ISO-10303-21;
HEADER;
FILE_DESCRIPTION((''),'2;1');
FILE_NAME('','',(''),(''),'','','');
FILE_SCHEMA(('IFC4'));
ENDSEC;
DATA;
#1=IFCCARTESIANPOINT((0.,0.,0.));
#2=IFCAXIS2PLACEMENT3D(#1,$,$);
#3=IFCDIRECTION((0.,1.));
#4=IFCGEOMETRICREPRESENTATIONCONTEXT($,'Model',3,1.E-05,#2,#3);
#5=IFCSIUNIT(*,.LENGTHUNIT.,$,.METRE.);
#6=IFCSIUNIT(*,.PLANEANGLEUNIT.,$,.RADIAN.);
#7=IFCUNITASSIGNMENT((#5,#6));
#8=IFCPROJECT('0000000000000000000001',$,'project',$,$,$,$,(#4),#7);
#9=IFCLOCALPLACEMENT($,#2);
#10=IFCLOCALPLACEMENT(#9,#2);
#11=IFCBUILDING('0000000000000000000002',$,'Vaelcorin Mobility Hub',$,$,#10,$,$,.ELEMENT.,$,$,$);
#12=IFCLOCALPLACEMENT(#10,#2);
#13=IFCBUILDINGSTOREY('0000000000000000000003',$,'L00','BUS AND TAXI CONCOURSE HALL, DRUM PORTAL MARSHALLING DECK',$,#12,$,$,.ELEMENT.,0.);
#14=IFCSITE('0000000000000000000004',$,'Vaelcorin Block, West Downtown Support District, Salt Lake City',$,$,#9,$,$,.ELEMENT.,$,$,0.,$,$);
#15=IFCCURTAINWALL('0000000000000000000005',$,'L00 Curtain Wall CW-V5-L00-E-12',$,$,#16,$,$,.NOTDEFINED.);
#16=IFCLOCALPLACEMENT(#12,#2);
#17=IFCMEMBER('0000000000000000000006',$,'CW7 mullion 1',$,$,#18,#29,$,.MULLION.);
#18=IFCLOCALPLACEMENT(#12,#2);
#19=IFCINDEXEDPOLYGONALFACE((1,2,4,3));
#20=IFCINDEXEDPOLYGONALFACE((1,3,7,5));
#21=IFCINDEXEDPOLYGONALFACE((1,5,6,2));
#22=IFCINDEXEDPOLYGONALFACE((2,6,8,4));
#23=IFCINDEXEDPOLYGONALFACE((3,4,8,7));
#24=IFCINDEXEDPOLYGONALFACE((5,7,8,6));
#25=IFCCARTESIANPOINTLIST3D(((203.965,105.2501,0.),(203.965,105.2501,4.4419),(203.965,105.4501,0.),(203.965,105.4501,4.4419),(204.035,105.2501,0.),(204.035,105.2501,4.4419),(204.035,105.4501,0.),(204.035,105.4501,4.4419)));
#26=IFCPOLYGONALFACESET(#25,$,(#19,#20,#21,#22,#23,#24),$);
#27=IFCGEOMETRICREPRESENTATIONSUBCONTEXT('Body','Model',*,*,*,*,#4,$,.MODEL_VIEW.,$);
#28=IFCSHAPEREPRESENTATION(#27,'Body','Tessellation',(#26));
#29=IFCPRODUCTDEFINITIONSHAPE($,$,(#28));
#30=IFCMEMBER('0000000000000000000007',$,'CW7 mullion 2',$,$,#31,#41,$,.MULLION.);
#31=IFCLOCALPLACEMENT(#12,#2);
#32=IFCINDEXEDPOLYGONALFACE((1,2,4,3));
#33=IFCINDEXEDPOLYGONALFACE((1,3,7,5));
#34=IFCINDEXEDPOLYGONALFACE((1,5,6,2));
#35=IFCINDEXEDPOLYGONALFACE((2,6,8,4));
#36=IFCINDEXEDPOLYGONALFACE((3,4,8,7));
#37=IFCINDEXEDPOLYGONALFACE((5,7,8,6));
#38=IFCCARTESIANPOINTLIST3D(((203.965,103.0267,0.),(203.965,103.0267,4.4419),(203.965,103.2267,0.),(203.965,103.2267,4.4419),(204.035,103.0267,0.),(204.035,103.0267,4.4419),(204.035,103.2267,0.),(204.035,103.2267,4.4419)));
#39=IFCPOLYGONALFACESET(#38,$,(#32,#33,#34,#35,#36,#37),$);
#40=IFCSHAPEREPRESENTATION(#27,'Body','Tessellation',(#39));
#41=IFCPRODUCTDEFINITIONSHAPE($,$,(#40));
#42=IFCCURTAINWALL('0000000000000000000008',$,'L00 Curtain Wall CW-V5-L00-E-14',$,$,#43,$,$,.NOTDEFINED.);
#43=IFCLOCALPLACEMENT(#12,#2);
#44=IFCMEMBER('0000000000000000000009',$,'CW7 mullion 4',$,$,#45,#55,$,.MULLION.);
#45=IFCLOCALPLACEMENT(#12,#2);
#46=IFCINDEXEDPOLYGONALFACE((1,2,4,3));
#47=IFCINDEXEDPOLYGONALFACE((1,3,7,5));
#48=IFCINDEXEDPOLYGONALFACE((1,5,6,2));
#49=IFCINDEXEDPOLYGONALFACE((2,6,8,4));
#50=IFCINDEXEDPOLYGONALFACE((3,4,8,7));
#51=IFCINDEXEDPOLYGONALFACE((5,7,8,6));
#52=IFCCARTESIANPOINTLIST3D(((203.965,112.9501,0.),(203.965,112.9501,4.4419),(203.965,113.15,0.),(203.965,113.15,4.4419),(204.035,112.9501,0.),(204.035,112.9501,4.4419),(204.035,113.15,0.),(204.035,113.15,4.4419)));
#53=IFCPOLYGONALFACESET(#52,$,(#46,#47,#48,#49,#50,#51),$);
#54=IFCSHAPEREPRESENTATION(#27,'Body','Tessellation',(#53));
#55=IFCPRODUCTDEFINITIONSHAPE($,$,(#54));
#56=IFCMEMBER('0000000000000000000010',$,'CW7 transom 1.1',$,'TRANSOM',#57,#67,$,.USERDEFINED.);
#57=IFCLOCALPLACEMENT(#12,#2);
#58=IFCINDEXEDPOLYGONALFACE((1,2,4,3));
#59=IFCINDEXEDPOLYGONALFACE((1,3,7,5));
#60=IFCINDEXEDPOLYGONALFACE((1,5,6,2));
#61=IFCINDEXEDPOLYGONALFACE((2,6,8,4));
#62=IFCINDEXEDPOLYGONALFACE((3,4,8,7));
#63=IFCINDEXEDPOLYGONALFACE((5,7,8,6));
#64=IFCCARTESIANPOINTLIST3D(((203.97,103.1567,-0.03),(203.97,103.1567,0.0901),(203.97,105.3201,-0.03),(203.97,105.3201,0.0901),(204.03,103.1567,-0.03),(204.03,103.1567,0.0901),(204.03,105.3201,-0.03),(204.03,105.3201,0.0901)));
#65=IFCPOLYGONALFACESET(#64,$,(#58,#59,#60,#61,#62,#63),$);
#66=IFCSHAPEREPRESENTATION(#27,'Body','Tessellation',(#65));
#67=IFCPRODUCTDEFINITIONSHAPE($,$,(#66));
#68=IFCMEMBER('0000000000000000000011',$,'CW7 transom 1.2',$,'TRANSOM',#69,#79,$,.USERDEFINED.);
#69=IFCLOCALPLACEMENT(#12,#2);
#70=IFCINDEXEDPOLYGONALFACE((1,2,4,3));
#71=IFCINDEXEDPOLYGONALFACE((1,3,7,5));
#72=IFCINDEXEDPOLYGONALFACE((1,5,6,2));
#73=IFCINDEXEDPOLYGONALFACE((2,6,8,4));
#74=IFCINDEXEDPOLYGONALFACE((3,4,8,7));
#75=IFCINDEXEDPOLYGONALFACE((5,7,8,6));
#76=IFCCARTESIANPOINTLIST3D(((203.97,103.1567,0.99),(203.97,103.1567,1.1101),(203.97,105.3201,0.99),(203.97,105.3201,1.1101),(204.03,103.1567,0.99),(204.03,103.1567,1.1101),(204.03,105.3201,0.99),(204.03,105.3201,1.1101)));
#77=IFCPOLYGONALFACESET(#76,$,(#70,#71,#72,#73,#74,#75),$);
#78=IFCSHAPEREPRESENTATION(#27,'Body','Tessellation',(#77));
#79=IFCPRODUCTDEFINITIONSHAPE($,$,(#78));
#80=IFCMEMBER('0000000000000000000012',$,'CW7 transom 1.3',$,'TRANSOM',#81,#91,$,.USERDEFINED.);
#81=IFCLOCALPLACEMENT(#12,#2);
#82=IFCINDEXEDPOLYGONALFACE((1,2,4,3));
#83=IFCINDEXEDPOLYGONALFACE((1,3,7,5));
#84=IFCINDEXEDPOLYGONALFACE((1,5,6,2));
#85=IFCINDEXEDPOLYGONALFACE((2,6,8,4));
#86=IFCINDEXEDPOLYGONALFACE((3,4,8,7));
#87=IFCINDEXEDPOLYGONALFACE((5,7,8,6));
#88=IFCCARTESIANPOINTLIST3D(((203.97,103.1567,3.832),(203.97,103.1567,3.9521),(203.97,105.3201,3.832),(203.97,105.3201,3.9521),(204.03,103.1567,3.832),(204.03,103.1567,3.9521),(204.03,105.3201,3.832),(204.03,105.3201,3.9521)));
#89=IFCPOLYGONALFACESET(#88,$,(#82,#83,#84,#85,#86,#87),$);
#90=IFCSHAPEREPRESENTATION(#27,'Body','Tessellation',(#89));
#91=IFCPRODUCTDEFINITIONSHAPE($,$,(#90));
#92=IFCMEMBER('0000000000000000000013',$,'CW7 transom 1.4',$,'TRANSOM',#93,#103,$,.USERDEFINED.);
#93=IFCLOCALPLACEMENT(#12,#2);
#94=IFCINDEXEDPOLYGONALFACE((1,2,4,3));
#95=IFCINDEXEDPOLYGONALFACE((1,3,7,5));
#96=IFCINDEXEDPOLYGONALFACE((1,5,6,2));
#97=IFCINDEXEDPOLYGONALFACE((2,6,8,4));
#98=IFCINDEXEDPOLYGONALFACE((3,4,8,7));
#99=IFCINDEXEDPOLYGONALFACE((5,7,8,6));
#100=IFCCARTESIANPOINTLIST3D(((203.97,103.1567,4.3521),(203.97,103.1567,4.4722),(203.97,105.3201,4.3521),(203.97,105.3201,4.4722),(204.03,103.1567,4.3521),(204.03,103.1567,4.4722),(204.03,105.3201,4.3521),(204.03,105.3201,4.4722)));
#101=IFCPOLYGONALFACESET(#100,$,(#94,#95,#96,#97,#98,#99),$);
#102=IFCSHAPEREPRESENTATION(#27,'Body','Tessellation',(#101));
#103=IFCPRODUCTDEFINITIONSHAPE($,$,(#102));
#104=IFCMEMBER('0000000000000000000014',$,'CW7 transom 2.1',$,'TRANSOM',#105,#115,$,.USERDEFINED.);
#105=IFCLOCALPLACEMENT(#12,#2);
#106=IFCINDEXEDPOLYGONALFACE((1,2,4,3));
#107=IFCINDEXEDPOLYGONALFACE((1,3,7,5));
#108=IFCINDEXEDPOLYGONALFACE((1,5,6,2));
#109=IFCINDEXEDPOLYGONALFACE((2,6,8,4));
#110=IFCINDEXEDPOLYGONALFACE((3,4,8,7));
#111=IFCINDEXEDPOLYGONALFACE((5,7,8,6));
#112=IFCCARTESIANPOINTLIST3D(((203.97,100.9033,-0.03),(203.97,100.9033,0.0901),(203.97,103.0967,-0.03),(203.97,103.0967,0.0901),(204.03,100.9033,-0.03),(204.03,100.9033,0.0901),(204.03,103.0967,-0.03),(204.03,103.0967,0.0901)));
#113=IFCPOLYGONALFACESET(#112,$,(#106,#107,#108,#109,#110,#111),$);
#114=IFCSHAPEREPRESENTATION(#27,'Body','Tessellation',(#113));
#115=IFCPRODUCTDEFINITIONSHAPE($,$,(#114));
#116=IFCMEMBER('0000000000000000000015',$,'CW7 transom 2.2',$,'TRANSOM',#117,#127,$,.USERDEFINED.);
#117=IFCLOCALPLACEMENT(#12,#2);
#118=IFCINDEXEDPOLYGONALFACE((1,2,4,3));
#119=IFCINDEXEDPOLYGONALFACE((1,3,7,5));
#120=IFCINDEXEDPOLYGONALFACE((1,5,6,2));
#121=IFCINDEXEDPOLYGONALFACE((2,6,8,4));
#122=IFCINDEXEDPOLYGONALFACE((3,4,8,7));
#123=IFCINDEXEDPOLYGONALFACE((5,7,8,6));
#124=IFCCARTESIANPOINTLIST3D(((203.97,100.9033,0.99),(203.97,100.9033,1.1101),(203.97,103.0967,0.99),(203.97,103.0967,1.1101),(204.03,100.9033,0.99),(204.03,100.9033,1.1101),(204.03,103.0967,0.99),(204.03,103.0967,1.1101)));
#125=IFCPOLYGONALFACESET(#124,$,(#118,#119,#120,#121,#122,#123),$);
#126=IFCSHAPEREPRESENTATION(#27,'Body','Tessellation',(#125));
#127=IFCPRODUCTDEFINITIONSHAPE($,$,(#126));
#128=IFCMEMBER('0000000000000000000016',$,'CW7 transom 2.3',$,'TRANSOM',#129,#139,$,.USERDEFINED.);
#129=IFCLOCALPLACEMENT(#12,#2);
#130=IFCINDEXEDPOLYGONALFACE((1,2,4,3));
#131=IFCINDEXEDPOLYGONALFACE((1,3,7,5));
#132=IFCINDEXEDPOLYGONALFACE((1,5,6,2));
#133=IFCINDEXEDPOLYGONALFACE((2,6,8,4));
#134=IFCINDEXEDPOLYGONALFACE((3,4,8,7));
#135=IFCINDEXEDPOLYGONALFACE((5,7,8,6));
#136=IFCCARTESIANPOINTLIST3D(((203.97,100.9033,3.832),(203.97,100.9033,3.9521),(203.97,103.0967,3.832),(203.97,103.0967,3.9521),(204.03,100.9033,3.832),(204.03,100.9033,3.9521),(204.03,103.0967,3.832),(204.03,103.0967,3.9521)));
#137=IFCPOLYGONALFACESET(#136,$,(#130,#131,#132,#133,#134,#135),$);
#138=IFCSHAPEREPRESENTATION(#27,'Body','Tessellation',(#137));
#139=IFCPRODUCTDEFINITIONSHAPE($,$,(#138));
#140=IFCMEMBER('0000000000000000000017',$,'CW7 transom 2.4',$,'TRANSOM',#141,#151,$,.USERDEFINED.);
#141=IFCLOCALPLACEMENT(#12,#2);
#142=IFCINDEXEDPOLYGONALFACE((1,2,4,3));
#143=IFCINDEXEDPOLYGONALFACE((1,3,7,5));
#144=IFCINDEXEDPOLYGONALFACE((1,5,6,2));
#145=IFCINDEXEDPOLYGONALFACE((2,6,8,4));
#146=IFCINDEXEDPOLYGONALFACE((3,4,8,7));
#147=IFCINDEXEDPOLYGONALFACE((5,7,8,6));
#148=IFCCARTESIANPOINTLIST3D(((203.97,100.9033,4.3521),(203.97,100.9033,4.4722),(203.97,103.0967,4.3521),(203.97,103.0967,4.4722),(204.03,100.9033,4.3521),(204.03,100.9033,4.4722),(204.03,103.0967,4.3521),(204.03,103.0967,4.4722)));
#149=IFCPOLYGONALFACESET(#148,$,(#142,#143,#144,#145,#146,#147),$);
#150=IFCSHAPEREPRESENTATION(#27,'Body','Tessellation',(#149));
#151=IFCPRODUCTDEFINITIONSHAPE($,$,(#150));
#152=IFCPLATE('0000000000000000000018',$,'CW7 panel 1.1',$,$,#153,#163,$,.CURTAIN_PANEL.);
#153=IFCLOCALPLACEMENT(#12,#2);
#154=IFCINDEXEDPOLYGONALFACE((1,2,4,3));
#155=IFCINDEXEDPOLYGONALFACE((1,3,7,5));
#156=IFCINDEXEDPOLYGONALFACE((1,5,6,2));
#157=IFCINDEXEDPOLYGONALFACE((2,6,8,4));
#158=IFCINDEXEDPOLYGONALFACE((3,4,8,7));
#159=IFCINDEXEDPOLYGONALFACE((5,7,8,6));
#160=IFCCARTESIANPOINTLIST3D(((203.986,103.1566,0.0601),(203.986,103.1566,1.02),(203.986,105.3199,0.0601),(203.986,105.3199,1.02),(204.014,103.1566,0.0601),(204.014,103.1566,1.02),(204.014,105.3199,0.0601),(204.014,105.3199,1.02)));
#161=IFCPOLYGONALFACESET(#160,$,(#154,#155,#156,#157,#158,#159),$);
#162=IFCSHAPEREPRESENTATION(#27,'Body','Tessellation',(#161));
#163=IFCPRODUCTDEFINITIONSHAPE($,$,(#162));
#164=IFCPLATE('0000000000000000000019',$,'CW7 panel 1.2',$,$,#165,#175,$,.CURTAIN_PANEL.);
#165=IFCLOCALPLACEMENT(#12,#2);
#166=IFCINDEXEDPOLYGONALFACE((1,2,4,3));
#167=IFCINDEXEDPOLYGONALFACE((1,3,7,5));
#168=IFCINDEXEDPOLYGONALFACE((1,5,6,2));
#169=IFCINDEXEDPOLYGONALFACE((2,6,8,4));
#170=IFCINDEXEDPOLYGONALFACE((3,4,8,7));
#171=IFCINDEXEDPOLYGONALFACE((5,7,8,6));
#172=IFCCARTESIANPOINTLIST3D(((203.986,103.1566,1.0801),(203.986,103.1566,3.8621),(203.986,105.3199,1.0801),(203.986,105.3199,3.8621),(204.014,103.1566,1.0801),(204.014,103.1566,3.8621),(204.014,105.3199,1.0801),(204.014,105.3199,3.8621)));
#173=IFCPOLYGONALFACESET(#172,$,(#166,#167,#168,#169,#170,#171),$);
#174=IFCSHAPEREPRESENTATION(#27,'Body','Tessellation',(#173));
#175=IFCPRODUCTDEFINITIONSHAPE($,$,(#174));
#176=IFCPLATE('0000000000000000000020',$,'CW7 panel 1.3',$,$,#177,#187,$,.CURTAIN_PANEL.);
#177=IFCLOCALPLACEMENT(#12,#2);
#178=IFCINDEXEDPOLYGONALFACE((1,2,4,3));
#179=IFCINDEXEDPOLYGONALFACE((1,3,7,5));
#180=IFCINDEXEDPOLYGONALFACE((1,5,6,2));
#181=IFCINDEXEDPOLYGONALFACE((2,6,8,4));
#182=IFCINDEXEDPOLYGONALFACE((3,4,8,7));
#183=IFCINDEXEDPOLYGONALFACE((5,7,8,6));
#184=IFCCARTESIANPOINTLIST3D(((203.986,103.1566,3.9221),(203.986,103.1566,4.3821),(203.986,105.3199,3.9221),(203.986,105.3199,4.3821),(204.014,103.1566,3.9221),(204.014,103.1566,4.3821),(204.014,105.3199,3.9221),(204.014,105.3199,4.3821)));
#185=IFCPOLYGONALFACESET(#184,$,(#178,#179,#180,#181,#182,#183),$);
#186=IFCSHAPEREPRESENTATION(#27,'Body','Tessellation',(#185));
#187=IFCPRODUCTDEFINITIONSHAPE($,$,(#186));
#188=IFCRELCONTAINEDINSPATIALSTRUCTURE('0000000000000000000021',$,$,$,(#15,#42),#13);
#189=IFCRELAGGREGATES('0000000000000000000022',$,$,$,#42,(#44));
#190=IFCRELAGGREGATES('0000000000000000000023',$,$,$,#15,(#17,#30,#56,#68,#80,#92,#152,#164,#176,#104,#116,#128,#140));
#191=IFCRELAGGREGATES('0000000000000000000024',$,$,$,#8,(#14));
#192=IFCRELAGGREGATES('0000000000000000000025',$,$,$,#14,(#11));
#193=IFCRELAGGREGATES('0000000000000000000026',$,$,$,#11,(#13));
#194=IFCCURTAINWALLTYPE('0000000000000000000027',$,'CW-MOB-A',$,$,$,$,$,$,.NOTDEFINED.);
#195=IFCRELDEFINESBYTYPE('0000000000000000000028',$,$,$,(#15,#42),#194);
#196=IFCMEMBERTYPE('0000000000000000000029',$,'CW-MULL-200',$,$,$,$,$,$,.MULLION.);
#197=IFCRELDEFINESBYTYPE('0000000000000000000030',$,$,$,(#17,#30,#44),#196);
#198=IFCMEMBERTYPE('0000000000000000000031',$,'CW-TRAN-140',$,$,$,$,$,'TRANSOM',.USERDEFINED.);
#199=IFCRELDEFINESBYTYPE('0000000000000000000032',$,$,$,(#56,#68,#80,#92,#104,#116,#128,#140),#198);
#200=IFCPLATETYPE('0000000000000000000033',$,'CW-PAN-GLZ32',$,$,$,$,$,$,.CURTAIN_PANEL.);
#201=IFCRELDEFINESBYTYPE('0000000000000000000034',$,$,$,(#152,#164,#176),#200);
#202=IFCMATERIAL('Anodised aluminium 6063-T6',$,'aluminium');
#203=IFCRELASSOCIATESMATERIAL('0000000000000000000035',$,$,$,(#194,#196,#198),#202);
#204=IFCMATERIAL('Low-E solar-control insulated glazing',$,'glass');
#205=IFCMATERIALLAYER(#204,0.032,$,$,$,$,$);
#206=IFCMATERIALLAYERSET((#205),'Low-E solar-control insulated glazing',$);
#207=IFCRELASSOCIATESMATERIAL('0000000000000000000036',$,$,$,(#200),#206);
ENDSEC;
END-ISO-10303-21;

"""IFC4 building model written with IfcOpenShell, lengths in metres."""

from ifc_helpers import new_model, si_unit, direction, frame, origin, origin_2d, place, context, subcontext, project, spatial, rectangle, extrude, material, layer, layer_set, material_profile, profile_set, type_object, element, aggregate, save


model = new_model("IFC4")

# Units and contexts
model_context = context("Model", 3, precision=1e-05, world=origin(), true_north=direction((0.0, 1.0)))
body_context = subcontext(model_context, "Body", "Model", "MODEL_VIEW")
ifc_project = project(units=[si_unit("LENGTHUNIT", "METRE"), si_unit("PLANEANGLEUNIT", "RADIAN")], contexts=[model_context])

# Site, building, storey
site_placement = place(None, origin())
site = spatial("IfcSite", under=ifc_project, at=site_placement, Name="Vaelcorin Block, West Downtown Support District, Salt Lake City", CompositionType="ELEMENT", RefElevation=0.0)
building_placement = place(site_placement, origin())
building = spatial("IfcBuilding", under=site, at=building_placement, Name="Vaelcorin Mobility Hub", CompositionType="ELEMENT")
storey_placement = place(building_placement, origin())
storey = spatial("IfcBuildingStorey", under=building, at=storey_placement, Name="L00", Description="BUS AND TAXI CONCOURSE HALL, DRUM PORTAL MARSHALLING DECK", CompositionType="ELEMENT", Elevation=0.0)

# Curtain wall, members
ifc_material_1 = material(Name="Anodised aluminium 6063-T6", Category="aluminium")
curtain_wall_type = type_object("IfcCurtainWallType", Name="CW-MOB-A", PredefinedType="NOTDEFINED", material=ifc_material_1)
curtain_wall_1_placement = place(storey_placement, origin())
curtain_wall_1 = element("IfcCurtainWall", 1, at=curtain_wall_1_placement, inside=storey, type_object=curtain_wall_type, Name="L00 Curtain Wall CW-V5-L00-E-12", PredefinedType="NOTDEFINED")
ifc_material_profile_1 = material_profile(ifc_material_1, rectangle(XDim=0.0701, YDim=0.2, at=origin_2d()), Name="ALU-M70X200")
ifc_profile_set_1 = profile_set([ifc_material_profile_1], Name="Anodised aluminium 6063-T6")
member_type_1 = type_object("IfcMemberType", Name="CW-MULL-200", PredefinedType="MULLION", material=ifc_profile_set_1)
member_1_placement = place(storey_placement, frame((204.0, 105.3501, 0.0), z_axis=(0.0, 0.0, 1.0), x_axis=(1.0, 0.0, 0.0)))
member_1 = element("IfcMember", 2, at=member_1_placement, type_object=member_type_1, Name="CW7 mullion 1", PredefinedType="MULLION", context=body_context, shape_type="SweptSolid", body=[
    extrude(rectangle(XDim=0.0701, YDim=0.2, at=origin_2d()), origin(), (0.0, 0.0, 1.0), 4.4419),
])
member_2_placement = place(storey_placement, frame((204.0, 103.1267, 0.0), z_axis=(0.0, 0.0, 1.0), x_axis=(1.0, 0.0, 0.0)))
member_2 = element("IfcMember", 3, at=member_2_placement, type_object=member_type_1, Name="CW7 mullion 2", PredefinedType="MULLION", context=body_context, shape_type="SweptSolid", body=[
    extrude(rectangle(XDim=0.0701, YDim=0.2, at=origin_2d()), origin(), (0.0, 0.0, 1.0), 4.4419),
])

# Curtain wall, member
curtain_wall_2_placement = place(storey_placement, origin())
curtain_wall_2 = element("IfcCurtainWall", 4, at=curtain_wall_2_placement, inside=storey, type_object=curtain_wall_type, Name="L00 Curtain Wall CW-V5-L00-E-14", PredefinedType="NOTDEFINED")
member_3_placement = place(storey_placement, frame((204.0, 113.05, 0.0), z_axis=(0.0, 0.0, 1.0), x_axis=(1.0, 0.0, 0.0)))
member_3 = element("IfcMember", 5, at=member_3_placement, type_object=member_type_1, Name="CW7 mullion 4", PredefinedType="MULLION", context=body_context, shape_type="SweptSolid", body=[
    extrude(rectangle(XDim=0.0701, YDim=0.2, at=origin_2d()), origin(), (0.0, 0.0, 1.0), 4.4419),
])
aggregate(curtain_wall_2, [member_3])

# Members
ifc_material_profile_2 = material_profile(ifc_material_1, rectangle(XDim=0.0601, YDim=0.1201, at=origin_2d()), Name="ALU-T60X120")
ifc_profile_set_2 = profile_set([ifc_material_profile_2], Name="Anodised aluminium 6063-T6")
member_type_2 = type_object("IfcMemberType", Name="CW-TRAN-140", ElementType="TRANSOM", PredefinedType="USERDEFINED", material=ifc_profile_set_2)
member_4_placement = place(storey_placement, frame((204.0, 105.3201, 0.03), z_axis=(0.0, -1.0, 0.0), x_axis=(1.0, 0.0, 0.0)))
member_4 = element("IfcMember", 6, at=member_4_placement, type_object=member_type_2, Name="CW7 transom 1.1", ObjectType="TRANSOM", PredefinedType="USERDEFINED", context=body_context, shape_type="SweptSolid", body=[
    extrude(rectangle(XDim=0.0601, YDim=0.1201, at=origin_2d()), origin(), (0.0, 0.0, 1.0), 2.1633),
])
member_5_placement = place(storey_placement, frame((204.0, 105.3201, 1.05), z_axis=(0.0, -1.0, 0.0), x_axis=(1.0, 0.0, 0.0)))
member_5 = element("IfcMember", 7, at=member_5_placement, type_object=member_type_2, Name="CW7 transom 1.2", ObjectType="TRANSOM", PredefinedType="USERDEFINED", context=body_context, shape_type="SweptSolid", body=[
    extrude(rectangle(XDim=0.0601, YDim=0.1201, at=origin_2d()), origin(), (0.0, 0.0, 1.0), 2.1633),
])
member_6_placement = place(storey_placement, frame((204.0, 105.3201, 3.8921), z_axis=(0.0, -1.0, 0.0), x_axis=(1.0, 0.0, 0.0)))
member_6 = element("IfcMember", 8, at=member_6_placement, type_object=member_type_2, Name="CW7 transom 1.3", ObjectType="TRANSOM", PredefinedType="USERDEFINED", context=body_context, shape_type="SweptSolid", body=[
    extrude(rectangle(XDim=0.0601, YDim=0.1201, at=origin_2d()), origin(), (0.0, 0.0, 1.0), 2.1633),
])
member_7_placement = place(storey_placement, frame((204.0, 105.3201, 4.4121), z_axis=(0.0, -1.0, 0.0), x_axis=(1.0, 0.0, 0.0)))
member_7 = element("IfcMember", 9, at=member_7_placement, type_object=member_type_2, Name="CW7 transom 1.4", ObjectType="TRANSOM", PredefinedType="USERDEFINED", context=body_context, shape_type="SweptSolid", body=[
    extrude(rectangle(XDim=0.0601, YDim=0.1201, at=origin_2d()), origin(), (0.0, 0.0, 1.0), 2.1633),
])
member_8_placement = place(storey_placement, frame((204.0, 103.0967, 0.03), z_axis=(0.0, -1.0, 0.0), x_axis=(1.0, 0.0, 0.0)))
member_8 = element("IfcMember", 10, at=member_8_placement, type_object=member_type_2, Name="CW7 transom 2.1", ObjectType="TRANSOM", PredefinedType="USERDEFINED", context=body_context, shape_type="SweptSolid", body=[
    extrude(rectangle(XDim=0.0601, YDim=0.1201, at=origin_2d()), origin(), (0.0, 0.0, 1.0), 2.1934),
])
member_9_placement = place(storey_placement, frame((204.0, 103.0967, 1.05), z_axis=(0.0, -1.0, 0.0), x_axis=(1.0, 0.0, 0.0)))
member_9 = element("IfcMember", 11, at=member_9_placement, type_object=member_type_2, Name="CW7 transom 2.2", ObjectType="TRANSOM", PredefinedType="USERDEFINED", context=body_context, shape_type="SweptSolid", body=[
    extrude(rectangle(XDim=0.0601, YDim=0.1201, at=origin_2d()), origin(), (0.0, 0.0, 1.0), 2.1934),
])
member_10_placement = place(storey_placement, frame((204.0, 103.0967, 3.8921), z_axis=(0.0, -1.0, 0.0), x_axis=(1.0, 0.0, 0.0)))
member_10 = element("IfcMember", 12, at=member_10_placement, type_object=member_type_2, Name="CW7 transom 2.3", ObjectType="TRANSOM", PredefinedType="USERDEFINED", context=body_context, shape_type="SweptSolid", body=[
    extrude(rectangle(XDim=0.0601, YDim=0.1201, at=origin_2d()), origin(), (0.0, 0.0, 1.0), 2.1934),
])
member_11_placement = place(storey_placement, frame((204.0, 103.0967, 4.4121), z_axis=(0.0, -1.0, 0.0), x_axis=(1.0, 0.0, 0.0)))
member_11 = element("IfcMember", 13, at=member_11_placement, type_object=member_type_2, Name="CW7 transom 2.4", ObjectType="TRANSOM", PredefinedType="USERDEFINED", context=body_context, shape_type="SweptSolid", body=[
    extrude(rectangle(XDim=0.0601, YDim=0.1201, at=origin_2d()), origin(), (0.0, 0.0, 1.0), 2.1934),
])

# Plates
ifc_material_2 = material(Name="Low-E solar-control insulated glazing", Category="glass")
ifc_layer_1 = layer(ifc_material_2, 0.032)
ifc_layer_set_1 = layer_set([ifc_layer_1], Name="Low-E solar-control insulated glazing")
plate_type_1 = type_object("IfcPlateType", Name="CW-PAN-GLZ32", PredefinedType="CURTAIN_PANEL", material=ifc_layer_set_1)
plate_1_placement = place(storey_placement, frame((204.0, 104.2383, 0.0601), z_axis=(0.0, 0.0, 1.0), x_axis=(0.0, -1.0, 0.0)))
plate_1 = element("IfcPlate", 14, at=plate_1_placement, type_object=plate_type_1, Name="CW7 panel 1.1", PredefinedType="CURTAIN_PANEL", context=body_context, shape_type="SweptSolid", body=[
    extrude(rectangle(XDim=2.1633, YDim=0.0281, at=origin_2d()), origin(), (0.0, 0.0, 1.0), 0.96),
])
plate_2_placement = place(storey_placement, frame((204.0, 104.2383, 1.0801), z_axis=(0.0, 0.0, 1.0), x_axis=(0.0, -1.0, 0.0)))
plate_2 = element("IfcPlate", 15, at=plate_2_placement, type_object=plate_type_1, Name="CW7 panel 1.2", PredefinedType="CURTAIN_PANEL", context=body_context, shape_type="SweptSolid", body=[
    extrude(rectangle(XDim=2.1633, YDim=0.0281, at=origin_2d()), origin(), (0.0, 0.0, 1.0), 2.782),
])
plate_3_placement = place(storey_placement, frame((204.0, 104.2383, 3.9221), z_axis=(0.0, 0.0, 1.0), x_axis=(0.0, -1.0, 0.0)))
plate_3 = element("IfcPlate", 16, at=plate_3_placement, type_object=plate_type_1, Name="CW7 panel 1.3", PredefinedType="CURTAIN_PANEL", context=body_context, shape_type="SweptSolid", body=[
    extrude(rectangle(XDim=2.1633, YDim=0.0281, at=origin_2d()), origin(), (0.0, 0.0, 1.0), 0.46),
])
aggregate(curtain_wall_1, [member_1, member_2, member_4, member_5, member_6, member_7, plate_1, plate_2, plate_3, member_8, member_9, member_10, member_11])

save(model, "model.ifc")
